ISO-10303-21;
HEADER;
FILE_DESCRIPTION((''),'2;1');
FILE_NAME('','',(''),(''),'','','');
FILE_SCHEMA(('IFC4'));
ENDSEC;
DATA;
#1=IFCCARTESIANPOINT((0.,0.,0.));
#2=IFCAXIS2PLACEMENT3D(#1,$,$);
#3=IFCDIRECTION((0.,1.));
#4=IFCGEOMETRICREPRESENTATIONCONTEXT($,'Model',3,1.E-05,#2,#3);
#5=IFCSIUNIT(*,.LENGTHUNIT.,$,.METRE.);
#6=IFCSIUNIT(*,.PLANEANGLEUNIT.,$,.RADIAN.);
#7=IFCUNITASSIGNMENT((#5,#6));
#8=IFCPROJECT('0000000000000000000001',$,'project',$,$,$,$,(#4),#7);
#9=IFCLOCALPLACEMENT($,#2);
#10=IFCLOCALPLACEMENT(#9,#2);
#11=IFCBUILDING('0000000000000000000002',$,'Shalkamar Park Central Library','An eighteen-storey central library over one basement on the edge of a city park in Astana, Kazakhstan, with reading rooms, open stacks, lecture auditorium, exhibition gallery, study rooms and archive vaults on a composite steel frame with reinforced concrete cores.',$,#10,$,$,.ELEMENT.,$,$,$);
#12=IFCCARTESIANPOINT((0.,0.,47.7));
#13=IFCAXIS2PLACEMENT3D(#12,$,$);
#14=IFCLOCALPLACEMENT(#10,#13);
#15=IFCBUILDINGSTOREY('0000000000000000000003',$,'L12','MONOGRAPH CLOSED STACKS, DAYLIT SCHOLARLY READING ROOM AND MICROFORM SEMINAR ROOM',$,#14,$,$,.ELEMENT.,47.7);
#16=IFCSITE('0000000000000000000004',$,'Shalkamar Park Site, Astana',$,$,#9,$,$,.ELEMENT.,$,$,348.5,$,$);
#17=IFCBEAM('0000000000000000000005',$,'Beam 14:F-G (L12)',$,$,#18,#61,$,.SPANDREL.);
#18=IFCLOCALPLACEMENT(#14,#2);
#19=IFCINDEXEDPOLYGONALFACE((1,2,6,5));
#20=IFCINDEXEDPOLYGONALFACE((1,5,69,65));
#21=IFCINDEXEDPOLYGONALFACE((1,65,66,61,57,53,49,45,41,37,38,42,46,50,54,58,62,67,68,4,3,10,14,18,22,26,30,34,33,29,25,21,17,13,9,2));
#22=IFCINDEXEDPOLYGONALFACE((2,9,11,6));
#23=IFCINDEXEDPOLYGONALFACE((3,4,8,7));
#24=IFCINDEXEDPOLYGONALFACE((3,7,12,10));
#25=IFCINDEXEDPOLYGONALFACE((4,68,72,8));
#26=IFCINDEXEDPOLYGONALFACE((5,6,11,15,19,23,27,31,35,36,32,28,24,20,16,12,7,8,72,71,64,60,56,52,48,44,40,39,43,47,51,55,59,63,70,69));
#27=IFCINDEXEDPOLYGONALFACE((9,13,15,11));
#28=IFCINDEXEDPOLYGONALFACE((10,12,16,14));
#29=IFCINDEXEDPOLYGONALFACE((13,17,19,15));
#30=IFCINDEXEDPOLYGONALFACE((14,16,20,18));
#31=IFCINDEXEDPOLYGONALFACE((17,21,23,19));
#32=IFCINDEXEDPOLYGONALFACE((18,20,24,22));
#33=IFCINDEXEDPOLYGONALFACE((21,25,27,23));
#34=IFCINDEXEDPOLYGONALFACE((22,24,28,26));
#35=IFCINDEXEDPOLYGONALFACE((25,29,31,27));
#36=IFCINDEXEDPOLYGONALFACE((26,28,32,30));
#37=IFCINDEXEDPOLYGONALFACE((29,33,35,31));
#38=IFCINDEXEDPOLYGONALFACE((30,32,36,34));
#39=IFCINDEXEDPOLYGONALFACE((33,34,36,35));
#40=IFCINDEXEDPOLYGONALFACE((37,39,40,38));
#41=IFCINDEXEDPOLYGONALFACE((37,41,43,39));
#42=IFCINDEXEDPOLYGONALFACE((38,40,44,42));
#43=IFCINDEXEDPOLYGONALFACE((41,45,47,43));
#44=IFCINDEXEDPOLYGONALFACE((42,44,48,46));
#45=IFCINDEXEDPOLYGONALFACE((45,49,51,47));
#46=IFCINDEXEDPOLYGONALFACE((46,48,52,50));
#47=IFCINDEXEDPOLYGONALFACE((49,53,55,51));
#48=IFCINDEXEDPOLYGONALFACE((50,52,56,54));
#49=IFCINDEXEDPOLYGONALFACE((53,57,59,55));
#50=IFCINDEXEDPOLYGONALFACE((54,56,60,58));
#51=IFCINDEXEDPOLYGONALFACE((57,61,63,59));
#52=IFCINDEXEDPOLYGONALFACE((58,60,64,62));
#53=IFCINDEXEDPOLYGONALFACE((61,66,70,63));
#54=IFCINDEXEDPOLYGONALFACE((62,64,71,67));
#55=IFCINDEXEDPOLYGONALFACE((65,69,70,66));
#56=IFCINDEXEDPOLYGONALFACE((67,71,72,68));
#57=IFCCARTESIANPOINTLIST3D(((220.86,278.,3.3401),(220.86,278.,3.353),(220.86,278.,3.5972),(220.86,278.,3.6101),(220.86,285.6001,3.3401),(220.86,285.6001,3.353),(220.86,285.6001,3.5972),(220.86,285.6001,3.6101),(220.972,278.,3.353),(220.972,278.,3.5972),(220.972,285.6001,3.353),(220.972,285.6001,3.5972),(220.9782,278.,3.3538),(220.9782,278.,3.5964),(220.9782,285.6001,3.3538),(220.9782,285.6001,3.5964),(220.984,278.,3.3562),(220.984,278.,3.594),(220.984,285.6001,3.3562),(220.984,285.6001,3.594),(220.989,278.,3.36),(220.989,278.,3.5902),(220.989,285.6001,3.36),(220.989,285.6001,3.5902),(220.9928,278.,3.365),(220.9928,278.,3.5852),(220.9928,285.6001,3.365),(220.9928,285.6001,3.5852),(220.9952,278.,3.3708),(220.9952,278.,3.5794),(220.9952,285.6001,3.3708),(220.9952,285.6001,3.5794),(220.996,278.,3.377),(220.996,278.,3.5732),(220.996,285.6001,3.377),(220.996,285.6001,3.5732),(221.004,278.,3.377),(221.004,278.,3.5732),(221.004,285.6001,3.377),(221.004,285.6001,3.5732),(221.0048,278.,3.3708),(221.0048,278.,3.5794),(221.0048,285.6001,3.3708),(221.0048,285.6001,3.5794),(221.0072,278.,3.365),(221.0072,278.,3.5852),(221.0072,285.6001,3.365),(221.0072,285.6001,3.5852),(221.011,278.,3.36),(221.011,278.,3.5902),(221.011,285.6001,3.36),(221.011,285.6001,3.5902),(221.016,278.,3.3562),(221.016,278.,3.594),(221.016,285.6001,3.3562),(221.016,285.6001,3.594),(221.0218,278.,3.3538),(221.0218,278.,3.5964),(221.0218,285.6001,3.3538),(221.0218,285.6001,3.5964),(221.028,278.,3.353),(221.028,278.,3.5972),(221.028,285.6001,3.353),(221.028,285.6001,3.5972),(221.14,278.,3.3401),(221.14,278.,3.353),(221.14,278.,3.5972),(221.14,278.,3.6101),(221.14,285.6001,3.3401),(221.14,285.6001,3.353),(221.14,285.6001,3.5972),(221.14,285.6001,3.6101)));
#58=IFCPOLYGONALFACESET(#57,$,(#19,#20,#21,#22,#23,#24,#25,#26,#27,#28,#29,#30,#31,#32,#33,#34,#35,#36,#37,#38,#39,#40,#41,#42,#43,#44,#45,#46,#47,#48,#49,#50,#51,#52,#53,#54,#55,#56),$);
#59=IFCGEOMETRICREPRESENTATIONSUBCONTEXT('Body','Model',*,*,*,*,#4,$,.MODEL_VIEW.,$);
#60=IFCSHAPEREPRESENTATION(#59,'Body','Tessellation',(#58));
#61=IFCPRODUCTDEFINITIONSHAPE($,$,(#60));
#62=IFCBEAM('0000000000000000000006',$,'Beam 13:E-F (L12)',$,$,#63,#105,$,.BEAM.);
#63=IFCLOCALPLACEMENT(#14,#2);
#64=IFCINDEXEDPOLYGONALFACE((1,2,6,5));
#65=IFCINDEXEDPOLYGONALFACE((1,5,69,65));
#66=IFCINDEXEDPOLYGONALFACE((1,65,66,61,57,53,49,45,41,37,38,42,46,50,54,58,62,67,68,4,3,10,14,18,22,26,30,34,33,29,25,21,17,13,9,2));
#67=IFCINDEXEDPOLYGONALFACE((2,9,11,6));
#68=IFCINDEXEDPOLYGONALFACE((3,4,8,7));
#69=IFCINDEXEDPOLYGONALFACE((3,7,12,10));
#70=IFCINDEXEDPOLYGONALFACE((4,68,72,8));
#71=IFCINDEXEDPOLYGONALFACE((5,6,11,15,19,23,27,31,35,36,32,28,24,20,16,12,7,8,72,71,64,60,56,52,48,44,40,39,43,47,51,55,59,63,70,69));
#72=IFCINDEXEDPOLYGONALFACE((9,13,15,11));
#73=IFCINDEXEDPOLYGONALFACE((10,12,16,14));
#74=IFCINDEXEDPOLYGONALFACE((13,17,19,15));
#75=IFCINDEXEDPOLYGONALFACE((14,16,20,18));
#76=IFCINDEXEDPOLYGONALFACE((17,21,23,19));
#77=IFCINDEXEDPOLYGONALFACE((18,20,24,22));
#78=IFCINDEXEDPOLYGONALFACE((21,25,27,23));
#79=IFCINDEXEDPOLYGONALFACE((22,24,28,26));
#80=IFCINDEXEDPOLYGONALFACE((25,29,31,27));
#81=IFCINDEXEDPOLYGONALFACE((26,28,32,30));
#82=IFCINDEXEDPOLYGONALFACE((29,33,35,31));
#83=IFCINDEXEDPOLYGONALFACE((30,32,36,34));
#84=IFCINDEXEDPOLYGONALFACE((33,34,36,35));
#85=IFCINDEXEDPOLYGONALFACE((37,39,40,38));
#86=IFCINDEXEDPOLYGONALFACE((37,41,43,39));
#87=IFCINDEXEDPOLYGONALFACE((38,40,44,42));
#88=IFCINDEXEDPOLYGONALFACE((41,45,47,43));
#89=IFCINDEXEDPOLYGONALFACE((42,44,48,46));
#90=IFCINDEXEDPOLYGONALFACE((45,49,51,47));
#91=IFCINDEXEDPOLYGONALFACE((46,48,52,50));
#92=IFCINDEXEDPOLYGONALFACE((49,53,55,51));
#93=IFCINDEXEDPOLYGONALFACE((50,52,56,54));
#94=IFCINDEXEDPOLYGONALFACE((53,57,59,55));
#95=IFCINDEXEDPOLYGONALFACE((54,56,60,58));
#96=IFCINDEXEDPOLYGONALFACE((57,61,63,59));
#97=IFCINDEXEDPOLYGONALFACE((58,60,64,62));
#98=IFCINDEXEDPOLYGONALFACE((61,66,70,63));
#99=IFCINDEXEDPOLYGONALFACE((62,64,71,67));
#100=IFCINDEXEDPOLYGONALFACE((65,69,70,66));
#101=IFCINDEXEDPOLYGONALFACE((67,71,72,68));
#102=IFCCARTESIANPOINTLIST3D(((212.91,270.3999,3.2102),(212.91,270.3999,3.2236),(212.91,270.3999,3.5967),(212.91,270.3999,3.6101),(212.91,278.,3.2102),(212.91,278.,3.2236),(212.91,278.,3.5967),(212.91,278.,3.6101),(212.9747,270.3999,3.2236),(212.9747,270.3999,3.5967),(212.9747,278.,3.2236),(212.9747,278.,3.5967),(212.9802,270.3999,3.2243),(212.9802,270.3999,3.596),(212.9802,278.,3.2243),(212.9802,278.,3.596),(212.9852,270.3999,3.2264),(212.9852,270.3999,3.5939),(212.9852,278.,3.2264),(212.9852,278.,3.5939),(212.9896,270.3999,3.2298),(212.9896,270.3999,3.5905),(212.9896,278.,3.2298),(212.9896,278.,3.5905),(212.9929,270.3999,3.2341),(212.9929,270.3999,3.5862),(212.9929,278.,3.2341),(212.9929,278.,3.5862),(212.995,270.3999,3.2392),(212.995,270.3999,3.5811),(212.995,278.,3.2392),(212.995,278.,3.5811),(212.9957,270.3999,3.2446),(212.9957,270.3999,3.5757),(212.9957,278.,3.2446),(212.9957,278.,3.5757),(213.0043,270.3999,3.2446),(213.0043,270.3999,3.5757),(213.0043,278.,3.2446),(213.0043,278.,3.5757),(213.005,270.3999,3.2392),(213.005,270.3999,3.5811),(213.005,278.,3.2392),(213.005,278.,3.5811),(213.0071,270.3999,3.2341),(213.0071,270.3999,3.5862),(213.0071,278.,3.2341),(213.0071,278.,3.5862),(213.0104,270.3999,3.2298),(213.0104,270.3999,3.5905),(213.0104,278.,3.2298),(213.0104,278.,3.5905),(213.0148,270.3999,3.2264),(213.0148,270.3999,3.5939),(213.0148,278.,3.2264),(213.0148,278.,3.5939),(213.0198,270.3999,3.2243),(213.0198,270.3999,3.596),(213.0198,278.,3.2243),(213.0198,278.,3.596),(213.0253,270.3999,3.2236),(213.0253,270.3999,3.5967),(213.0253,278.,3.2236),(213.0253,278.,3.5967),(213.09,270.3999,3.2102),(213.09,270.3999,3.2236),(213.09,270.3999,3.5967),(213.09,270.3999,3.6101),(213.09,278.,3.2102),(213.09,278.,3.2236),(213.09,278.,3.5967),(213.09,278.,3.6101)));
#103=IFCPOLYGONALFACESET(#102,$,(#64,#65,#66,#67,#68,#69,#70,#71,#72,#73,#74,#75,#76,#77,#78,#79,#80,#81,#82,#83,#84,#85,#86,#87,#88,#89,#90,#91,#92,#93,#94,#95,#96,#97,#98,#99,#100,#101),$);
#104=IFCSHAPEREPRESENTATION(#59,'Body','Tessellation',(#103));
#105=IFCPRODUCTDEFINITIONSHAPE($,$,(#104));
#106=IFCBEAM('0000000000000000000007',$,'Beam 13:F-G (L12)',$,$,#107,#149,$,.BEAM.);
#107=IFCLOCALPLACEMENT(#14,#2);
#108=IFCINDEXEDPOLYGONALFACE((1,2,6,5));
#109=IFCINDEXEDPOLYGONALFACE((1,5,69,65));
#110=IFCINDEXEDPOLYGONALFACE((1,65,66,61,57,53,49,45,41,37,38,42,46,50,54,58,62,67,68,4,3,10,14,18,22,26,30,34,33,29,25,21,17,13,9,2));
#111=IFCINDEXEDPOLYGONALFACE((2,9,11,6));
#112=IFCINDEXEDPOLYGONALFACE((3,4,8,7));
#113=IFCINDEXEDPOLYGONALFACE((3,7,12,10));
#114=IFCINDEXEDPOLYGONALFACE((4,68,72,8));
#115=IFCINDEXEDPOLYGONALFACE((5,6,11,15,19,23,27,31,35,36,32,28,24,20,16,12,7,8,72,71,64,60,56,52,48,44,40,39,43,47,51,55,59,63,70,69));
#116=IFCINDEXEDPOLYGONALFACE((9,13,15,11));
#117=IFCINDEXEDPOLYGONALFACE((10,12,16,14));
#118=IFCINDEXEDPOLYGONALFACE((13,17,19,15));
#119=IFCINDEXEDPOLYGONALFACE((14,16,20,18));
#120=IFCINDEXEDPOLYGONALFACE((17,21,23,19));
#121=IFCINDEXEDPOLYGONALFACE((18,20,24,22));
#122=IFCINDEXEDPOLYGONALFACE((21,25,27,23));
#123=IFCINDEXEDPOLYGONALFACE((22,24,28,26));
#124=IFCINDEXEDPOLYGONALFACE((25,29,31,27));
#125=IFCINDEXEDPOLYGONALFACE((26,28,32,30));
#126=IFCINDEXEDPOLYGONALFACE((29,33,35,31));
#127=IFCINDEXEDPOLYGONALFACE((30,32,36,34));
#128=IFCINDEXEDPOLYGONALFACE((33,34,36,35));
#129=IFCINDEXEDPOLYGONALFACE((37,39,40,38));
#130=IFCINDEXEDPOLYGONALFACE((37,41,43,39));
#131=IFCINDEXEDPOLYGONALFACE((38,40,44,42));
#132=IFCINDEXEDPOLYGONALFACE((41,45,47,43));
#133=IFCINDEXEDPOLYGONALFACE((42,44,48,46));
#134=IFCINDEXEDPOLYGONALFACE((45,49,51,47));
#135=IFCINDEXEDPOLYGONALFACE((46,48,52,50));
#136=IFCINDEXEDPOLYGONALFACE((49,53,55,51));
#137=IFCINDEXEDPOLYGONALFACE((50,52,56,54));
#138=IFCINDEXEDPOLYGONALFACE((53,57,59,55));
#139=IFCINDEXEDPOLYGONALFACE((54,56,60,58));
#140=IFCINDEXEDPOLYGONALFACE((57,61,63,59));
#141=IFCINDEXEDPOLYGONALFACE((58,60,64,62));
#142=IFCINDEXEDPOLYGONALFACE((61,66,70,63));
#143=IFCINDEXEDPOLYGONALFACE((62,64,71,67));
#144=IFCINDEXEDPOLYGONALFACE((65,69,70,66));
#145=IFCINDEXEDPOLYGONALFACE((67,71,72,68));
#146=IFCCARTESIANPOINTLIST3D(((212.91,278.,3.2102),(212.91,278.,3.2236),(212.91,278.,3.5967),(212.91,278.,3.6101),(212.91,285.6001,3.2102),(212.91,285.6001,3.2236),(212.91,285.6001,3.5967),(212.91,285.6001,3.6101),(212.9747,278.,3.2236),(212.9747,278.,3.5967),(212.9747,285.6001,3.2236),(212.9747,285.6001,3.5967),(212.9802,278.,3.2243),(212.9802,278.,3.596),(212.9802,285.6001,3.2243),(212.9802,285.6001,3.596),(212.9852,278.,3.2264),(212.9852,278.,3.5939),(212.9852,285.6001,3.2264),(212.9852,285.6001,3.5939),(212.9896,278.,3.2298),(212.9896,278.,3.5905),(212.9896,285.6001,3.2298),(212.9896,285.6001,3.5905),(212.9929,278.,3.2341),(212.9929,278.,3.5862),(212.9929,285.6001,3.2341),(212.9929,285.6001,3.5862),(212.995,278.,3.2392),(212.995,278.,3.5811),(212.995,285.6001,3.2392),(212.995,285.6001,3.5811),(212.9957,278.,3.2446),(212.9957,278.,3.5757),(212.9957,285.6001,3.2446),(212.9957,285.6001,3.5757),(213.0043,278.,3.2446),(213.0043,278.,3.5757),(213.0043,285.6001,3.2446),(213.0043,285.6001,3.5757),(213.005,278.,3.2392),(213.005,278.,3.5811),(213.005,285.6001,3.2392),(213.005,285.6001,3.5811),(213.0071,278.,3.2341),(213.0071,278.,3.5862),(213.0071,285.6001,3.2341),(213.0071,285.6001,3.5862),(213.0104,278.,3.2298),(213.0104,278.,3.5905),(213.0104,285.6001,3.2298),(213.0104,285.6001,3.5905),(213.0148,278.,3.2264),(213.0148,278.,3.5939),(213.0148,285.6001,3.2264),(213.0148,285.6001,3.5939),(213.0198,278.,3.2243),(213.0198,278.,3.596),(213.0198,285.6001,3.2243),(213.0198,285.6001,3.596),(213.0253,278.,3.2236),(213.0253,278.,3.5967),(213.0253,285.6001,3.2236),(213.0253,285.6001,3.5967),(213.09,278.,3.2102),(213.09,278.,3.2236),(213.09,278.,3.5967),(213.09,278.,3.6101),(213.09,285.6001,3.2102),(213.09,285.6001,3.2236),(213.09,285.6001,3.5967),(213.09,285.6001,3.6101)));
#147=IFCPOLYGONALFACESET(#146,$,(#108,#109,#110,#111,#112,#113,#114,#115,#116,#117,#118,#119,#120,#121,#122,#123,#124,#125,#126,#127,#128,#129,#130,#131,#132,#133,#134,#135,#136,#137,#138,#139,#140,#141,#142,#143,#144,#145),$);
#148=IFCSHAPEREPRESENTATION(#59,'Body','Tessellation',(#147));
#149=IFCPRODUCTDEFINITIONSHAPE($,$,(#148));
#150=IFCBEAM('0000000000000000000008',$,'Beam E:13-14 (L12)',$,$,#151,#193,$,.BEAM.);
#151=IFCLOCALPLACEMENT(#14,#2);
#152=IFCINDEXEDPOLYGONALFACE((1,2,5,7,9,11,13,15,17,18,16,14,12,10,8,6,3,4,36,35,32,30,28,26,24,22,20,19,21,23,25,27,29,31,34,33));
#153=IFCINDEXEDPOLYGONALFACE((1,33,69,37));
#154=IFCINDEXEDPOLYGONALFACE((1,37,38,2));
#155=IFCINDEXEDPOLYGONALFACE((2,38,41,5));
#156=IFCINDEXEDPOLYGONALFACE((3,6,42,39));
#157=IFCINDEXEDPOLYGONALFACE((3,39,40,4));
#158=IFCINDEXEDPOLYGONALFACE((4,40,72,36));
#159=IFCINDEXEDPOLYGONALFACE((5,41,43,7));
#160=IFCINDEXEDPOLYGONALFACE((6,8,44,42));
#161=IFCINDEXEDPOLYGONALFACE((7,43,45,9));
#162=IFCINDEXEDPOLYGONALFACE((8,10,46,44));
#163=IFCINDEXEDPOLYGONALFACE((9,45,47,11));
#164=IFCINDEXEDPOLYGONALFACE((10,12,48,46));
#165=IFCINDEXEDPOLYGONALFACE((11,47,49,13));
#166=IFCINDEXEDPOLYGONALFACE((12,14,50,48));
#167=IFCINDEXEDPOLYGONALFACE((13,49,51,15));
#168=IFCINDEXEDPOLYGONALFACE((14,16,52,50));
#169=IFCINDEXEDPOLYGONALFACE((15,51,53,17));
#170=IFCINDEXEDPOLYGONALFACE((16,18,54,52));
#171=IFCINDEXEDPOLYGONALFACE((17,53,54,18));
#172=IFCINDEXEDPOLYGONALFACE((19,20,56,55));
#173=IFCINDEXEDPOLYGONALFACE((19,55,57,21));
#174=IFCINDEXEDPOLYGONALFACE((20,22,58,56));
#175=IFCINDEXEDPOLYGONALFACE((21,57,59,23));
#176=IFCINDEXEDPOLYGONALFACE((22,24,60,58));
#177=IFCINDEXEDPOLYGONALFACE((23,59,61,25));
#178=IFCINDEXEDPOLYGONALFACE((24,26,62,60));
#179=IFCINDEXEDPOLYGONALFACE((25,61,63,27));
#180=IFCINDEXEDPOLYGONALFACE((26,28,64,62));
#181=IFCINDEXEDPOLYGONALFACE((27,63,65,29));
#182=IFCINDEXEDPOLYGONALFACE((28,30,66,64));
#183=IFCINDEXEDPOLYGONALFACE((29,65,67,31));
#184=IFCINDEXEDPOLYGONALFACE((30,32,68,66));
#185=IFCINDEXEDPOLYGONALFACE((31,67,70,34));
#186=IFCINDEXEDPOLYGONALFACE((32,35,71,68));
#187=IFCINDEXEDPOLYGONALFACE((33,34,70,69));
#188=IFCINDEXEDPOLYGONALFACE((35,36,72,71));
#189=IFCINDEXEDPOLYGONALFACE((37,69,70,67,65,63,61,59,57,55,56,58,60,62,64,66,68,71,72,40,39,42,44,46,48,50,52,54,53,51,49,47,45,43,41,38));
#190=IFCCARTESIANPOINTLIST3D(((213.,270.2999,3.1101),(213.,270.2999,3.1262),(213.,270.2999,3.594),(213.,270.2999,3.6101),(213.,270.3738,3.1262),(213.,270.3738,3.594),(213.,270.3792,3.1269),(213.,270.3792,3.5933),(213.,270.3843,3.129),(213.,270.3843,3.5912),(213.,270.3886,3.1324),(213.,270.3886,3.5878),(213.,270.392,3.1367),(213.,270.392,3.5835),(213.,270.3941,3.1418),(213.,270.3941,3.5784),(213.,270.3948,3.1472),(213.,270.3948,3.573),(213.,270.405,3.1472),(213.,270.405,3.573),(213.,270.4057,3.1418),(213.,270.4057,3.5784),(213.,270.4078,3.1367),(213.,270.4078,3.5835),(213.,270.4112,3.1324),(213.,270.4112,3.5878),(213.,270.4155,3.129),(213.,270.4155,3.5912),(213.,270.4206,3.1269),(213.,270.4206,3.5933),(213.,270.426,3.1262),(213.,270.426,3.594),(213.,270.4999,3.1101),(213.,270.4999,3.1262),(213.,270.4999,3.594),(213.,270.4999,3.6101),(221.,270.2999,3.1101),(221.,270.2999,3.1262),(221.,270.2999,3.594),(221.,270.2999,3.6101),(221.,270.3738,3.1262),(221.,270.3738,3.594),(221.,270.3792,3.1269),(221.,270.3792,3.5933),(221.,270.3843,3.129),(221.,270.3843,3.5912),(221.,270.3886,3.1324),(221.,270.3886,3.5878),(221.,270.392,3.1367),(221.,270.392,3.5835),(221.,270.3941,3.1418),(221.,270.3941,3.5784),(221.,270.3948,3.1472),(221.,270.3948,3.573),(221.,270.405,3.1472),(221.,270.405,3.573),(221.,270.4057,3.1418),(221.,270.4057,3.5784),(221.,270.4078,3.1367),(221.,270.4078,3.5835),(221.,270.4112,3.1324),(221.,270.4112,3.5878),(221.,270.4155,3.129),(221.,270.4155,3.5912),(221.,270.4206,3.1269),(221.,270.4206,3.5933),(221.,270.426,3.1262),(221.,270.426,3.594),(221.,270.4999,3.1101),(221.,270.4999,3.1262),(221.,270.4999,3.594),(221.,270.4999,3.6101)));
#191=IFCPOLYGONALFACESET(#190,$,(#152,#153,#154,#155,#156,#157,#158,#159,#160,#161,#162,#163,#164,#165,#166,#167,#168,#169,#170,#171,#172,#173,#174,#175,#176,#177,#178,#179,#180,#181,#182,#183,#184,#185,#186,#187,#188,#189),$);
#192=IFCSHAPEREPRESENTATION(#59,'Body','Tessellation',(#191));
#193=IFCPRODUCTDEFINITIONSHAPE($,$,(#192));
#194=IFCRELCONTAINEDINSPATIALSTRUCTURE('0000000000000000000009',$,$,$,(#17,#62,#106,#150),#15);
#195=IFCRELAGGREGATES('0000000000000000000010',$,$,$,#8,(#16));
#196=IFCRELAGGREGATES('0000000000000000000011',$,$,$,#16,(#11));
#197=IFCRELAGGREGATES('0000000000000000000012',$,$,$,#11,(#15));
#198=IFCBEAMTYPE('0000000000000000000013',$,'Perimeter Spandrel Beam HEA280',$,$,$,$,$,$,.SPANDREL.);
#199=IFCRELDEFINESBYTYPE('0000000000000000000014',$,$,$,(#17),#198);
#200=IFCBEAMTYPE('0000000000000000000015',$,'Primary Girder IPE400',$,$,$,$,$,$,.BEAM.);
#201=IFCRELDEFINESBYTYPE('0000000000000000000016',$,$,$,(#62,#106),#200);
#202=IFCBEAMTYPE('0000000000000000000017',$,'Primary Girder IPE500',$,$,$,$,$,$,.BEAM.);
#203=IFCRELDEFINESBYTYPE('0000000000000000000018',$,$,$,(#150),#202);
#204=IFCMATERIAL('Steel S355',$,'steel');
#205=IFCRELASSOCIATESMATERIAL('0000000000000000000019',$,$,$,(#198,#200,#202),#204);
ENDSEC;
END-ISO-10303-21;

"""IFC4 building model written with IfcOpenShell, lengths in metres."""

from ifc_helpers import new_model, si_unit, direction, frame, origin, origin_2d, place, context, subcontext, project, spatial, i_section, extrude, material, material_profile, profile_set, type_object, element, save


model = new_model("IFC4")

# Units and contexts
model_context = context("Model", 3, precision=1e-05, world=origin(), true_north=direction((0.0, 1.0)))
body_context = subcontext(model_context, "Body", "Model", "MODEL_VIEW")
ifc_project = project(units=[si_unit("LENGTHUNIT", "METRE"), si_unit("PLANEANGLEUNIT", "RADIAN")], contexts=[model_context])

# Site, building, storey
site_placement = place(None, origin())
site = spatial("IfcSite", under=ifc_project, at=site_placement, Name="Shalkamar Park Site, Astana", CompositionType="ELEMENT", RefElevation=348.5)
building_placement = place(site_placement, origin())
building = spatial("IfcBuilding", under=site, at=building_placement, Name="Shalkamar Park Central Library", Description="An eighteen-storey central library over one basement on the edge of a city park in Astana, Kazakhstan, with reading rooms, open stacks, lecture auditorium, exhibition gallery, study rooms and archive vaults on a composite steel frame with reinforced concrete cores.", CompositionType="ELEMENT")
storey_placement = place(building_placement, frame((0.0, 0.0, 47.7)))
storey = spatial("IfcBuildingStorey", under=building, at=storey_placement, Name="L12", Description="MONOGRAPH CLOSED STACKS, DAYLIT SCHOLARLY READING ROOM AND MICROFORM SEMINAR ROOM", CompositionType="ELEMENT", Elevation=47.7)

# Shared definitions
ifc_material_1 = material(Name="Steel S355", Category="steel")

# Beams
ifc_material_profile_1 = material_profile(ifc_material_1, i_section(OverallWidth=0.28, OverallDepth=0.27, WebThickness=0.0081, FlangeThickness=0.0129, FilletRadius=0.0239, at=origin_2d()), Name="HEA 280")
ifc_profile_set_1 = profile_set([ifc_material_profile_1], Name="Steel S355")
beam_type_1 = type_object("IfcBeamType", Name="Perimeter Spandrel Beam HEA280", PredefinedType="SPANDREL", material=ifc_profile_set_1)
for number, where, z_axis, x_axis, name in (
    (1, (221.0, 278.0, 3.4751), (0.0, 1.0, 0.0), (-1.0, 0.0, 0.0), "Beam 14:F-G (L12)"),
):
    element("IfcBeam", number, at=place(storey_placement, frame(where, z_axis=z_axis, x_axis=x_axis)), inside=storey, type_object=beam_type_1, Name=name, PredefinedType="SPANDREL", context=body_context, shape_type="SweptSolid", body=[
        extrude(i_section(OverallWidth=0.28, OverallDepth=0.27, WebThickness=0.0081, FlangeThickness=0.0129, FilletRadius=0.0239, at=origin_2d()), origin(), (0.0, 0.0, 1.0), 7.6001),
    ])
ifc_material_profile_2 = material_profile(ifc_material_1, i_section(OverallWidth=0.1799, OverallDepth=0.3999, WebThickness=0.0085, FlangeThickness=0.0134, FilletRadius=0.021, at=origin_2d()), Name="IPE 400")
ifc_profile_set_2 = profile_set([ifc_material_profile_2], Name="Steel S355")
beam_type_2 = type_object("IfcBeamType", Name="Primary Girder IPE400", PredefinedType="BEAM", material=ifc_profile_set_2)
for number, where, z_axis, x_axis, name in (
    (2, (213.0, 270.3999, 3.4102), (0.0, 1.0, 0.0), (-1.0, 0.0, 0.0), "Beam 13:E-F (L12)"),
    (3, (213.0, 278.0, 3.4102), (0.0, 1.0, 0.0), (-1.0, 0.0, 0.0), "Beam 13:F-G (L12)"),
):
    element("IfcBeam", number, at=place(storey_placement, frame(where, z_axis=z_axis, x_axis=x_axis)), inside=storey, type_object=beam_type_2, Name=name, PredefinedType="BEAM", context=body_context, shape_type="SweptSolid", body=[
        extrude(i_section(OverallWidth=0.1799, OverallDepth=0.3999, WebThickness=0.0085, FlangeThickness=0.0134, FilletRadius=0.021, at=origin_2d()), origin(), (0.0, 0.0, 1.0), 7.6001),
    ])
ifc_material_profile_3 = material_profile(ifc_material_1, i_section(OverallWidth=0.2, OverallDepth=0.5, WebThickness=0.0103, FlangeThickness=0.0161, FilletRadius=0.021, at=origin_2d()), Name="IPE 500")
ifc_profile_set_3 = profile_set([ifc_material_profile_3], Name="Steel S355")
beam_type_3 = type_object("IfcBeamType", Name="Primary Girder IPE500", PredefinedType="BEAM", material=ifc_profile_set_3)
for number, where, z_axis, x_axis, name in (
    (4, (213.0, 270.3999, 3.3601), (1.0, 0.0, 0.0), (0.0, 1.0, 0.0), "Beam E:13-14 (L12)"),
):
    element("IfcBeam", number, at=place(storey_placement, frame(where, z_axis=z_axis, x_axis=x_axis)), inside=storey, type_object=beam_type_3, Name=name, PredefinedType="BEAM", context=body_context, shape_type="SweptSolid", body=[
        extrude(i_section(OverallWidth=0.2, OverallDepth=0.5, WebThickness=0.0103, FlangeThickness=0.0161, FilletRadius=0.021, at=origin_2d()), origin(), (0.0, 0.0, 1.0), 8.0),
    ])

save(model, "model.ifc")
